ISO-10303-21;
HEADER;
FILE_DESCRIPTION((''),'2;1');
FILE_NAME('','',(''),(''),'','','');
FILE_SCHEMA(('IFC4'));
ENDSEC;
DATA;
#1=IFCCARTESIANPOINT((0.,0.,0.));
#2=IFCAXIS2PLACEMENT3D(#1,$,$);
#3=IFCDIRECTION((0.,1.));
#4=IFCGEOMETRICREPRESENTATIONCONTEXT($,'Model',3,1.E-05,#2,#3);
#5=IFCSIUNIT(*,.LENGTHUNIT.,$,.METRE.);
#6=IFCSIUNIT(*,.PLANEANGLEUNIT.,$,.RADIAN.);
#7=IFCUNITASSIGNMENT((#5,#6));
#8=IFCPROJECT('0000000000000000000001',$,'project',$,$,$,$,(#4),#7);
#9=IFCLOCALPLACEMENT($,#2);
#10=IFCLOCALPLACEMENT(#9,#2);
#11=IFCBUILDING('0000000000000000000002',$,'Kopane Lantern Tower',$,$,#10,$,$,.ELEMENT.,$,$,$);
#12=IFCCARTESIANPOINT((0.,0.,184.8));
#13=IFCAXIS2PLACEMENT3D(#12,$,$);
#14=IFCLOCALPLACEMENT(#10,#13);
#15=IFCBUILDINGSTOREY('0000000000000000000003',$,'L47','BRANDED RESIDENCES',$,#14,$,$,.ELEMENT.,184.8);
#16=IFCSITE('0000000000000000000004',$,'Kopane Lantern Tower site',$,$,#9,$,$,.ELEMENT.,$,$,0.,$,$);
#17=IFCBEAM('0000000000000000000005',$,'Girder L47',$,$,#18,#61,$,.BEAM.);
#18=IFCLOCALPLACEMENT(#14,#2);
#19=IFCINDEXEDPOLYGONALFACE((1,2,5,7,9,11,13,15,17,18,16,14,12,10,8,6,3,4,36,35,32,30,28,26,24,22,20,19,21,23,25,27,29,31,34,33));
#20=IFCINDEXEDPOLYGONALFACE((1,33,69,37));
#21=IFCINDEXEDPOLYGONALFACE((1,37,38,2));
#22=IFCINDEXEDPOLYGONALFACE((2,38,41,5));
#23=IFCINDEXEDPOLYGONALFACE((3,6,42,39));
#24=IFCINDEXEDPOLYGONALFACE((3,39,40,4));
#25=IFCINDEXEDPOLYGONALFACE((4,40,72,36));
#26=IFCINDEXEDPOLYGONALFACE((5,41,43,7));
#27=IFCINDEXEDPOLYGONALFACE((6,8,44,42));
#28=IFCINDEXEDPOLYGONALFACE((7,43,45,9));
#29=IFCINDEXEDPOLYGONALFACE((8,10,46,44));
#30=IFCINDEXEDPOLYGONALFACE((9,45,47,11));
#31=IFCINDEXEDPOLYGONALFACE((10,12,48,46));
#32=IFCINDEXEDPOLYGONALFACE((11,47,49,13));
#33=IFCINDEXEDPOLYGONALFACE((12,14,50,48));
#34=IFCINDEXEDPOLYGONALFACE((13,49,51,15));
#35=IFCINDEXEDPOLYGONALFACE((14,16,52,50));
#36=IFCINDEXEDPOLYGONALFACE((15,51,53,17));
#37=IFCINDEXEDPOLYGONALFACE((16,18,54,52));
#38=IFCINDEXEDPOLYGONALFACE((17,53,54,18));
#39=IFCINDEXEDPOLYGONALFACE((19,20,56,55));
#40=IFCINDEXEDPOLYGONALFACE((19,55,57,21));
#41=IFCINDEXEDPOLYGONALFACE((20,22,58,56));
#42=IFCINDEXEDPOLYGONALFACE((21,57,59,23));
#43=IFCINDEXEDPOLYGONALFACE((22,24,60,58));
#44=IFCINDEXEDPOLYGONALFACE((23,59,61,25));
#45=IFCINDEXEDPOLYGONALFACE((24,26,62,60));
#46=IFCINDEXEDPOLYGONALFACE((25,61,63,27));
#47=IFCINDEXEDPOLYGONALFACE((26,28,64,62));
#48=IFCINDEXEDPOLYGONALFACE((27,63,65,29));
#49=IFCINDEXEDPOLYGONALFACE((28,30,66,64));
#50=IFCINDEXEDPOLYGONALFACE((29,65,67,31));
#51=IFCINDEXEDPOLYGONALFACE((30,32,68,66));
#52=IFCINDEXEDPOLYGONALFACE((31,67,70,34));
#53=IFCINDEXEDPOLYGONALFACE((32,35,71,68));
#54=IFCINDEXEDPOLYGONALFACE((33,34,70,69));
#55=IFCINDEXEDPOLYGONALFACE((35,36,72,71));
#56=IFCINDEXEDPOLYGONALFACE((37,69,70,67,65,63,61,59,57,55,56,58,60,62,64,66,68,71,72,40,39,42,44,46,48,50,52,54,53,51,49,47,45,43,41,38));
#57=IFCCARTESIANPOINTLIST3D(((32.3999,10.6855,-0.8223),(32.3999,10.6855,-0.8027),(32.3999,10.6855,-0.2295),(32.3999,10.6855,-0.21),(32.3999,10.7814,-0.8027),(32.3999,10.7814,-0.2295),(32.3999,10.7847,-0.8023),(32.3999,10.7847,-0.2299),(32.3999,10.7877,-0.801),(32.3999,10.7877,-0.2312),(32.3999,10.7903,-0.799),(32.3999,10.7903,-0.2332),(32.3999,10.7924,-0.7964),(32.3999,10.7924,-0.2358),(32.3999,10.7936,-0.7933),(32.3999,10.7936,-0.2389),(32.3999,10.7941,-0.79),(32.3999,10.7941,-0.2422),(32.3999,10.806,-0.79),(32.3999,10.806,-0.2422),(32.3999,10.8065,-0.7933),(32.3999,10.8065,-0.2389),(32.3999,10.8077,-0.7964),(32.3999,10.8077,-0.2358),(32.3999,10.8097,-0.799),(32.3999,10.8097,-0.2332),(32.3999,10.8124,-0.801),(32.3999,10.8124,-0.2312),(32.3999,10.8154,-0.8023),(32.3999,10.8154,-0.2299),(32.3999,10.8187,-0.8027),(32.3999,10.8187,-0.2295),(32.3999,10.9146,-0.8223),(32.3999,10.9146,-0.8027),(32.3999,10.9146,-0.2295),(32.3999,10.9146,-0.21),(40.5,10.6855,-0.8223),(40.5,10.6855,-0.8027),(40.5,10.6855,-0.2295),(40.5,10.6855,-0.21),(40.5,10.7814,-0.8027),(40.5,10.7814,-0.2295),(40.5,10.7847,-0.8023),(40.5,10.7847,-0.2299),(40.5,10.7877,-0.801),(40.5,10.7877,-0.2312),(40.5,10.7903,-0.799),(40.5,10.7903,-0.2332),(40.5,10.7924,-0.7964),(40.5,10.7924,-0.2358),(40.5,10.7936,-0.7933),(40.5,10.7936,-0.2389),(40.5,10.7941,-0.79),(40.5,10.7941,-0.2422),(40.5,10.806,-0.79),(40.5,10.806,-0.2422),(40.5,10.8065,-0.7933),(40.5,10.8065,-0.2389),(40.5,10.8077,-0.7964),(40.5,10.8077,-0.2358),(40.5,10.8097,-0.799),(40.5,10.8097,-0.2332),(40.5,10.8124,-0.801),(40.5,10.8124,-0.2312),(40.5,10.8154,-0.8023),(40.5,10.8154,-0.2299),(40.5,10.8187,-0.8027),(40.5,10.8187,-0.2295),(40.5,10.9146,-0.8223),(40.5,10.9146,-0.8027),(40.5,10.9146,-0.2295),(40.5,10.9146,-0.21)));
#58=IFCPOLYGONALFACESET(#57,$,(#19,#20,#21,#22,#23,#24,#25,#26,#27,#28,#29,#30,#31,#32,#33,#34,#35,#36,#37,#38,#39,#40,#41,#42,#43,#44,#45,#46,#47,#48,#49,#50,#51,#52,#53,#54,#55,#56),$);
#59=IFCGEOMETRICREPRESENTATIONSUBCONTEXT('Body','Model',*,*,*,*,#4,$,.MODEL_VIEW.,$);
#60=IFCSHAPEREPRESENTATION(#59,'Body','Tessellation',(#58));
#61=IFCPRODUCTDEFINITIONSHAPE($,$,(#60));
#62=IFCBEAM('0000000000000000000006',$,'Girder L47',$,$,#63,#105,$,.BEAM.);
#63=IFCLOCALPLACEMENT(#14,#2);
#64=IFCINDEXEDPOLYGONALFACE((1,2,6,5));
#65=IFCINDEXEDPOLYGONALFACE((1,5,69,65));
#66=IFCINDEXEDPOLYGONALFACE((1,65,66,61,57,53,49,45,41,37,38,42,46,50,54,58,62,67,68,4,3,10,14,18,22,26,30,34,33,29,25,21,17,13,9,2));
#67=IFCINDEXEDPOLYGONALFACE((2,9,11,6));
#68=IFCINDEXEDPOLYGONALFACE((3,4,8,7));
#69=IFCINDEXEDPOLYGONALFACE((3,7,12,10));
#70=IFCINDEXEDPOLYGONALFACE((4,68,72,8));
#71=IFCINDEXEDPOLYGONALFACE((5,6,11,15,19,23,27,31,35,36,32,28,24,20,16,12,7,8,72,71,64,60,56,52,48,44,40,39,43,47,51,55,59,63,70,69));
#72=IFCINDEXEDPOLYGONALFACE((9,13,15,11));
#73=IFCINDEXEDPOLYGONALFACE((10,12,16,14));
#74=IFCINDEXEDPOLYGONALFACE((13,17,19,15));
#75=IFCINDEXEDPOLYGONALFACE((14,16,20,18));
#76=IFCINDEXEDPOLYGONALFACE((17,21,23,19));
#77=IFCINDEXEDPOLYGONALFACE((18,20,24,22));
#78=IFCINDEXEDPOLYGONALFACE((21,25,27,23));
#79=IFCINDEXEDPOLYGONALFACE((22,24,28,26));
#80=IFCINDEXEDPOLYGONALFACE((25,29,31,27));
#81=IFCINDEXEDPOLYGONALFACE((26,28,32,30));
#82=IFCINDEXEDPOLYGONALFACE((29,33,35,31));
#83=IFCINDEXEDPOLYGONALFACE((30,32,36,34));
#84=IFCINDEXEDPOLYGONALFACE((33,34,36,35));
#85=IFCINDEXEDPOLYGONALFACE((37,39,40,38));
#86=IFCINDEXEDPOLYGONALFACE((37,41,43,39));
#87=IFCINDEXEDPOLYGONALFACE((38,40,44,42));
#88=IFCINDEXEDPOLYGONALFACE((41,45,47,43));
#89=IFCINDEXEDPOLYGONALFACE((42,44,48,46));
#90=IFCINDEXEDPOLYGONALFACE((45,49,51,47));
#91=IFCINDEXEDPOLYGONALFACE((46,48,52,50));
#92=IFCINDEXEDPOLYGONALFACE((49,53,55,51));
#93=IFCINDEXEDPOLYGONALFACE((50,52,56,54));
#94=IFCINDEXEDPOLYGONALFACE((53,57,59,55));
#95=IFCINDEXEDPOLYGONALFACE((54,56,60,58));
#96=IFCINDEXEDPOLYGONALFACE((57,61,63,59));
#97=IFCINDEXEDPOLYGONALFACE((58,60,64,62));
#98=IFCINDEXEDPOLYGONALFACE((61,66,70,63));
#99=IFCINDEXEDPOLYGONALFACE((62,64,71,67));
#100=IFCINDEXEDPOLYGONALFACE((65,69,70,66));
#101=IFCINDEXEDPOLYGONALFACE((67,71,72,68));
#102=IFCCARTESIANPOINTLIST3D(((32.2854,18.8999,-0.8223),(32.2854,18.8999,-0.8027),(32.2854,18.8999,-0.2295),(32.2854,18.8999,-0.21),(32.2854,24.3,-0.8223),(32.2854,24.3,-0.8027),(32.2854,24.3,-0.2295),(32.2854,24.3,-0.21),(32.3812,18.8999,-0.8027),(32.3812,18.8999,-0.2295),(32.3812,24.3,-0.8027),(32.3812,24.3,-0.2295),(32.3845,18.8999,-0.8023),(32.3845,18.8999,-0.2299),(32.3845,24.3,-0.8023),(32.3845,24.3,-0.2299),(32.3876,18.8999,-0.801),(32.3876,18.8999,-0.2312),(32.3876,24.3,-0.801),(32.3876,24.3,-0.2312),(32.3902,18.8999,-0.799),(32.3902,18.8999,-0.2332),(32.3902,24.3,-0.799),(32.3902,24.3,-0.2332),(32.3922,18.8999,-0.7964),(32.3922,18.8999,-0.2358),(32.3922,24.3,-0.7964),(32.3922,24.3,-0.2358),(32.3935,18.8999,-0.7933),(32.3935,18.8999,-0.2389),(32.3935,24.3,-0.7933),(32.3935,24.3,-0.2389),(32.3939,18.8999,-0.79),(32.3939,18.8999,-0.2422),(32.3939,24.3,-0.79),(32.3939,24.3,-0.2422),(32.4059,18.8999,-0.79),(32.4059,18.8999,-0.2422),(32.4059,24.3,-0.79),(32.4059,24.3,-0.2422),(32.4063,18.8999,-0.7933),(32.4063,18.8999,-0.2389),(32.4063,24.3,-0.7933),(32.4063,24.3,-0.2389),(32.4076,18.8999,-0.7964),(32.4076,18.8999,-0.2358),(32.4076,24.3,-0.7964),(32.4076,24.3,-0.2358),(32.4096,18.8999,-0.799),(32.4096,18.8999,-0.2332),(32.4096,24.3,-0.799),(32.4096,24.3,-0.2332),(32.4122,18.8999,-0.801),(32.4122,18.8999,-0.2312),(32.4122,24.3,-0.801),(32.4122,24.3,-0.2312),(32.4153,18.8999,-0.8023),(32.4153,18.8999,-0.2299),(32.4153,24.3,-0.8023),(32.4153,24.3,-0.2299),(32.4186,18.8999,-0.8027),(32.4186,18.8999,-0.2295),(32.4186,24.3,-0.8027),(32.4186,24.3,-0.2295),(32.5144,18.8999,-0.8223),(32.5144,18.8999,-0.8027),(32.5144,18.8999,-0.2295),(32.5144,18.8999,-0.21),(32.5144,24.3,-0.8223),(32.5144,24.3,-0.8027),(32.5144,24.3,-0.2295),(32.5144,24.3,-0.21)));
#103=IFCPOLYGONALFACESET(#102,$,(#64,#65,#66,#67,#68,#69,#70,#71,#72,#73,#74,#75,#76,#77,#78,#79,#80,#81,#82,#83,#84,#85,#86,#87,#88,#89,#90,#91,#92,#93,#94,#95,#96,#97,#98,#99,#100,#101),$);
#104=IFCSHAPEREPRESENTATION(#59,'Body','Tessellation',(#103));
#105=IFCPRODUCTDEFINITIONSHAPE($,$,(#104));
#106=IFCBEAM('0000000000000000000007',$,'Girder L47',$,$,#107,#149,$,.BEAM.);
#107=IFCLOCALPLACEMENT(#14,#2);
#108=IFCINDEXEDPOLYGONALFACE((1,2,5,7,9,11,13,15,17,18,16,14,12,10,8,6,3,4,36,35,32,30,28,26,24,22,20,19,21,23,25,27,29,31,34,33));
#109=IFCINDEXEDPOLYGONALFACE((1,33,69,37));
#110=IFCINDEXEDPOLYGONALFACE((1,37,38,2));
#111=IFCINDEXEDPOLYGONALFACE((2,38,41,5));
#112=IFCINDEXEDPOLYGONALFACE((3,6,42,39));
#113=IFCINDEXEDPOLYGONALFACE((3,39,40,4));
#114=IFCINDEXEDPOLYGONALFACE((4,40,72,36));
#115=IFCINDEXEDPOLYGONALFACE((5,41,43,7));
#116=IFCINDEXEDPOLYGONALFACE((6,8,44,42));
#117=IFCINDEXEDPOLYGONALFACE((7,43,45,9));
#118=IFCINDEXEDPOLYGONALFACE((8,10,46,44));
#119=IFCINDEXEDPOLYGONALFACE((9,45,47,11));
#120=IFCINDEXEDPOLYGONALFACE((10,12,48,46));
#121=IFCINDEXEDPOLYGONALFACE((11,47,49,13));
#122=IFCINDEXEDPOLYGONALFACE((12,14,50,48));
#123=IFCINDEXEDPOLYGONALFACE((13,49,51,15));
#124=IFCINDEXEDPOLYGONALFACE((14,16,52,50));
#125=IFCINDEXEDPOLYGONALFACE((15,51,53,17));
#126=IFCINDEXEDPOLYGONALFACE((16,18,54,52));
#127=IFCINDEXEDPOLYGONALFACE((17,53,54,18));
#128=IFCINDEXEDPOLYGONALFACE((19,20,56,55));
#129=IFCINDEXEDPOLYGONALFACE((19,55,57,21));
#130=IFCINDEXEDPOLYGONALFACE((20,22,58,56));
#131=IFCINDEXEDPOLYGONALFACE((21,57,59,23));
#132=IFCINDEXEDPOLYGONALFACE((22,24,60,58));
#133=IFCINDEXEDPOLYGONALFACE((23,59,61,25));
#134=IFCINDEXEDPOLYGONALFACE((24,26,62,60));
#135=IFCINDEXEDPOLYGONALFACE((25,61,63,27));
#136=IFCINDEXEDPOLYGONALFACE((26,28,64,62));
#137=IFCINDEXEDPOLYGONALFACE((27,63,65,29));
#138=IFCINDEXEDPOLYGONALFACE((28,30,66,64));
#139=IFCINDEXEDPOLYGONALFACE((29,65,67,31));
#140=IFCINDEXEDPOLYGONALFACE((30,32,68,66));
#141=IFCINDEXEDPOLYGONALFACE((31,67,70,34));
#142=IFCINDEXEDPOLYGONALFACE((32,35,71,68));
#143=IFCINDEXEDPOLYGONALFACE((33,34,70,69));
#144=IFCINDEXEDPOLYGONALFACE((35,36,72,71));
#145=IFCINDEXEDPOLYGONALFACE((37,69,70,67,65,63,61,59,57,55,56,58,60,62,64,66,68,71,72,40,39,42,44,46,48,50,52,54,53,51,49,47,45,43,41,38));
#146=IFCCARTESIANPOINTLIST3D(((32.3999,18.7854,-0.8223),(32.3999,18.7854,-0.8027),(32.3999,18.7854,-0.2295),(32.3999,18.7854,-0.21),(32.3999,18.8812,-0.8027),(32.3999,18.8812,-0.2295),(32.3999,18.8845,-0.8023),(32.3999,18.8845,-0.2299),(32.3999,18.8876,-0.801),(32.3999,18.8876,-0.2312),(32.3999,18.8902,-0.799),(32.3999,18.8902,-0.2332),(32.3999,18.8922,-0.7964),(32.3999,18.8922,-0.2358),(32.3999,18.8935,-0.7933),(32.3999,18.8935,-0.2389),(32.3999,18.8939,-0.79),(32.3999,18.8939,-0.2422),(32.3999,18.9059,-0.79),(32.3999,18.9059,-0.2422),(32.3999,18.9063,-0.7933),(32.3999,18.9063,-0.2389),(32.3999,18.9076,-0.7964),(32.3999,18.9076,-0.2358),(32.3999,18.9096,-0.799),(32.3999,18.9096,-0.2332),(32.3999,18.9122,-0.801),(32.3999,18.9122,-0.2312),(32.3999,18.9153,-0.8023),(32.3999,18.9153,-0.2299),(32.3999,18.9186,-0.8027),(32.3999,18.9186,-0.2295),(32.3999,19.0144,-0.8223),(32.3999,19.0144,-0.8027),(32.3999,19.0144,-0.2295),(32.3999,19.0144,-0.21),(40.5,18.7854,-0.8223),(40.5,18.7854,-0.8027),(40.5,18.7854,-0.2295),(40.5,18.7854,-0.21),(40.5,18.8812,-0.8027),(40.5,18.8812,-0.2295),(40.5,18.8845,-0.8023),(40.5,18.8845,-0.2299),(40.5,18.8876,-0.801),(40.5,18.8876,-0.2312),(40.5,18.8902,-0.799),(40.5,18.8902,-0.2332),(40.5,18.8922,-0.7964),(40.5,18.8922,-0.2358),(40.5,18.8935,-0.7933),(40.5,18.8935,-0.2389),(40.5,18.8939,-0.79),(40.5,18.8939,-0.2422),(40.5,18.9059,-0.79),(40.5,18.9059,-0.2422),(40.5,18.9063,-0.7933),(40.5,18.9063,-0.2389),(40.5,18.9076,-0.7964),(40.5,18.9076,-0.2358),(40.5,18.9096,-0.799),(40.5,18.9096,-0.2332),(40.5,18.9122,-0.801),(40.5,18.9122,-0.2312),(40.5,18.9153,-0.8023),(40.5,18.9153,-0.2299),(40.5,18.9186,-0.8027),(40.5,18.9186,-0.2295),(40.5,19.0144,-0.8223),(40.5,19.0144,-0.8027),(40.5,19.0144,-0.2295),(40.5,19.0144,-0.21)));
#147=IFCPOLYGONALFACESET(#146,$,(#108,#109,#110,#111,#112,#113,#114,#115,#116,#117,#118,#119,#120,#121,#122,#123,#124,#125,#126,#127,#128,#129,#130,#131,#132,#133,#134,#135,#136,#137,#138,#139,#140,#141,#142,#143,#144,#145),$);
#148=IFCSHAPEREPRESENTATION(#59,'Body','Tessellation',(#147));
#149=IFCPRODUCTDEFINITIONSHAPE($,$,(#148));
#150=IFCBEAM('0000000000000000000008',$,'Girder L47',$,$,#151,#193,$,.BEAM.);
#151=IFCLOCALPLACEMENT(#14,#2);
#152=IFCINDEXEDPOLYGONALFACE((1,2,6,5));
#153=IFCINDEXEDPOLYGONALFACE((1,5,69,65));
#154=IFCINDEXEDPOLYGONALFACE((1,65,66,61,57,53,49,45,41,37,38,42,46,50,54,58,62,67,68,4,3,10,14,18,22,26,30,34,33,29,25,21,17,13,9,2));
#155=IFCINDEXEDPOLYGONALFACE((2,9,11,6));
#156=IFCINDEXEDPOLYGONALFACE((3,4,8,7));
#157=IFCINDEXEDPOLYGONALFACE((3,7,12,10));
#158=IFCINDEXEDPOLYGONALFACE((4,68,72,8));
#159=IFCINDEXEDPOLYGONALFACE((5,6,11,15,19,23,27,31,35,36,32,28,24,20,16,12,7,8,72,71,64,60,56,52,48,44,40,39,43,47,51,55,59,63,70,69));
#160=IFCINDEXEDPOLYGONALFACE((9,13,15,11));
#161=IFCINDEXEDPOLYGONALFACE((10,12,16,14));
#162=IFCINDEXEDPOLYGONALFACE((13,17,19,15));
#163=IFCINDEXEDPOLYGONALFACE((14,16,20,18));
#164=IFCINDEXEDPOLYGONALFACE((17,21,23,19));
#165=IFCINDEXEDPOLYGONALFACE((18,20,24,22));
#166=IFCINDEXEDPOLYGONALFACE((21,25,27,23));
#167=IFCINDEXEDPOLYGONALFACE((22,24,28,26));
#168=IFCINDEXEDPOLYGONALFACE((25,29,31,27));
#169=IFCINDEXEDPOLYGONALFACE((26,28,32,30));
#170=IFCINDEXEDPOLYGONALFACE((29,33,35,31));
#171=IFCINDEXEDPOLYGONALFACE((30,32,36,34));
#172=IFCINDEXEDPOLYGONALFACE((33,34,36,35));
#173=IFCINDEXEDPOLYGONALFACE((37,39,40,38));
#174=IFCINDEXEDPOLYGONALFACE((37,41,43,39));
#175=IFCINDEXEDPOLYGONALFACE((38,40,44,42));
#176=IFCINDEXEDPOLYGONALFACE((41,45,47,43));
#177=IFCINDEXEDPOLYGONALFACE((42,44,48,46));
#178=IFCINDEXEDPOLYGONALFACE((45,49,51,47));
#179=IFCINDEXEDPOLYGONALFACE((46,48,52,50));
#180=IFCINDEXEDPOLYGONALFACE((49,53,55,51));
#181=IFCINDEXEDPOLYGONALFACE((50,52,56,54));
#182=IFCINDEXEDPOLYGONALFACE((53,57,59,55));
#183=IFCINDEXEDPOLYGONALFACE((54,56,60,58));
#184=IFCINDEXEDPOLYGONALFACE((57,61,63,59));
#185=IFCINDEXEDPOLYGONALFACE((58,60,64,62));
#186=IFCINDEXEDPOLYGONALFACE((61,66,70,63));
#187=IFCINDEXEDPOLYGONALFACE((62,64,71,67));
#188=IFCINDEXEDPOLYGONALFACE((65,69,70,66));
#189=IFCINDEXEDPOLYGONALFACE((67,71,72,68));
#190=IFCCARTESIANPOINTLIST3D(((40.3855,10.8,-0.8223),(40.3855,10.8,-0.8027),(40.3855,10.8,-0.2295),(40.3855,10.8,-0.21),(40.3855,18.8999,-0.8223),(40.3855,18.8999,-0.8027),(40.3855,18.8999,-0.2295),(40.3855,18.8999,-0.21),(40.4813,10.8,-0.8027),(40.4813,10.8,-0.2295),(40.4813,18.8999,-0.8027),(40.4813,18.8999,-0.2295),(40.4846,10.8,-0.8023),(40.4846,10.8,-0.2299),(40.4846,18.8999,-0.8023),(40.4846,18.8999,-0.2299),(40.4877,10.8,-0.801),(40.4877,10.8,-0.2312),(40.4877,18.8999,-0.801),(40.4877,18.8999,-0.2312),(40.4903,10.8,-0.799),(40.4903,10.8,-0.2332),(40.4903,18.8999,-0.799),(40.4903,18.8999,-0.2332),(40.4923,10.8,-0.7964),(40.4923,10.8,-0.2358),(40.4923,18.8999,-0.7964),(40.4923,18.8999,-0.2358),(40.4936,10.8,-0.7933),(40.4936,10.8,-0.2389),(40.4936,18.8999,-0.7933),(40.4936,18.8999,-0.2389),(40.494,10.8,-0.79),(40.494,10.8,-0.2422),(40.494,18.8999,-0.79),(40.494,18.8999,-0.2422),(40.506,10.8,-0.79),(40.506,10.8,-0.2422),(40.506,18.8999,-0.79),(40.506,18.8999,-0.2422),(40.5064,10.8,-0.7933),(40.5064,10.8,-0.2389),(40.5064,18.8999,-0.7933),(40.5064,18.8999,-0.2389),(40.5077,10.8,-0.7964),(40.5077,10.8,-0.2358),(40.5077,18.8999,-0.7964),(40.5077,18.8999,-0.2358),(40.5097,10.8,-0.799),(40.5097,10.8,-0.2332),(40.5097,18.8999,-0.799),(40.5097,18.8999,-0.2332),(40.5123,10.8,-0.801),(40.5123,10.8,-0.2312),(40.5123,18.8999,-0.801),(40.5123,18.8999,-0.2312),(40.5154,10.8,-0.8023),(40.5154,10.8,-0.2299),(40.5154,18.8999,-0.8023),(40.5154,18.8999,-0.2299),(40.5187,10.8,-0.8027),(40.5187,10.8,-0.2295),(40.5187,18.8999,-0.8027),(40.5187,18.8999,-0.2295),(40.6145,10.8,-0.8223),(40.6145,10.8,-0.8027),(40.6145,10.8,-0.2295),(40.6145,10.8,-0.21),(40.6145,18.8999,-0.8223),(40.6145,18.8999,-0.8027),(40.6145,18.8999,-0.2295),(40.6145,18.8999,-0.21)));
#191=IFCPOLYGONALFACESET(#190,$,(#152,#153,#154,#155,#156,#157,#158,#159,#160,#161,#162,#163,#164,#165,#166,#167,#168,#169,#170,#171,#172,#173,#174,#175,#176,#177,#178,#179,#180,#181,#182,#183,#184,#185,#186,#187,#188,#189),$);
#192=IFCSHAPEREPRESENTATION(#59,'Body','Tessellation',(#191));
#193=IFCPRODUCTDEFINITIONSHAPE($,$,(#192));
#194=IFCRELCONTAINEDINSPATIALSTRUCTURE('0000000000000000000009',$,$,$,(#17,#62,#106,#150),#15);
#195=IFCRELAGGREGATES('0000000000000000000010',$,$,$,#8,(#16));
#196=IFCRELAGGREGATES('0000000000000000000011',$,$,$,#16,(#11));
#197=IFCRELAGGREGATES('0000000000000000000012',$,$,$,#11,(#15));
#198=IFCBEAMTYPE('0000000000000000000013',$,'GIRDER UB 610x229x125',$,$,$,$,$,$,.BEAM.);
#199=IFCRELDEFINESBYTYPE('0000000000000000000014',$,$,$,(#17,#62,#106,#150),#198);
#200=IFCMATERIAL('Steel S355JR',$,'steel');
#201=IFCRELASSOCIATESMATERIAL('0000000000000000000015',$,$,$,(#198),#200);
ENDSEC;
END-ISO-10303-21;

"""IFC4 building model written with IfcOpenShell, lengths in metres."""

from ifc_helpers import new_model, si_unit, direction, frame, origin, origin_2d, place, context, subcontext, project, spatial, i_section, extrude, material, material_profile, profile_set, type_object, element, save


model = new_model("IFC4")

# Units and contexts
model_context = context("Model", 3, precision=1e-05, world=origin(), true_north=direction((0.0, 1.0)))
body_context = subcontext(model_context, "Body", "Model", "MODEL_VIEW")
ifc_project = project(units=[si_unit("LENGTHUNIT", "METRE"), si_unit("PLANEANGLEUNIT", "RADIAN")], contexts=[model_context])

# Site, building, storey
site_placement = place(None, origin())
site = spatial("IfcSite", under=ifc_project, at=site_placement, Name="Kopane Lantern Tower site", CompositionType="ELEMENT", RefElevation=0.0)
building_placement = place(site_placement, origin())
building = spatial("IfcBuilding", under=site, at=building_placement, Name="Kopane Lantern Tower", CompositionType="ELEMENT")
storey_placement = place(building_placement, frame((0.0, 0.0, 184.8)))
storey = spatial("IfcBuildingStorey", under=building, at=storey_placement, Name="L47", Description="BRANDED RESIDENCES", CompositionType="ELEMENT", Elevation=184.8)

# Beams
ifc_material_1 = material(Name="Steel S355JR", Category="steel")
ifc_material_profile_1 = material_profile(ifc_material_1, i_section(OverallWidth=0.229, OverallDepth=0.6123, WebThickness=0.012, FlangeThickness=0.0195, FilletRadius=0.0127, at=origin_2d()), Name="UB 610x229x125")
ifc_profile_set_1 = profile_set([ifc_material_profile_1], Name="Steel S355JR")
beam_type = type_object("IfcBeamType", Name="GIRDER UB 610x229x125", PredefinedType="BEAM", material=ifc_profile_set_1)
beam_1_placement = place(storey_placement, frame((32.3999, 10.8, -0.5161), z_axis=(1.0, 0.0, 0.0), x_axis=(0.0, 1.0, 0.0)))
element("IfcBeam", 1, at=beam_1_placement, inside=storey, type_object=beam_type, Name="Girder L47", PredefinedType="BEAM", context=body_context, shape_type="SweptSolid", body=[
    extrude(i_section(OverallWidth=0.229, OverallDepth=0.6123, WebThickness=0.012, FlangeThickness=0.0195, FilletRadius=0.0127, at=origin_2d()), origin(), (0.0, 0.0, 1.0), 8.1001),
])
beam_2_placement = place(storey_placement, frame((32.3999, 18.8999, -0.5161), z_axis=(0.0, 1.0, 0.0), x_axis=(-1.0, 0.0, 0.0)))
element("IfcBeam", 2, at=beam_2_placement, inside=storey, type_object=beam_type, Name="Girder L47", PredefinedType="BEAM", context=body_context, shape_type="SweptSolid", body=[
    extrude(i_section(OverallWidth=0.229, OverallDepth=0.6123, WebThickness=0.012, FlangeThickness=0.0195, FilletRadius=0.0127, at=origin_2d()), origin(), (0.0, 0.0, 1.0), 5.4001),
])
beam_3_placement = place(storey_placement, frame((32.3999, 18.8999, -0.5161), z_axis=(1.0, 0.0, 0.0), x_axis=(0.0, 1.0, 0.0)))
element("IfcBeam", 3, at=beam_3_placement, inside=storey, type_object=beam_type, Name="Girder L47", PredefinedType="BEAM", context=body_context, shape_type="SweptSolid", body=[
    extrude(i_section(OverallWidth=0.229, OverallDepth=0.6123, WebThickness=0.012, FlangeThickness=0.0195, FilletRadius=0.0127, at=origin_2d()), origin(), (0.0, 0.0, 1.0), 8.1001),
])
beam_4_placement = place(storey_placement, frame((40.5, 10.8, -0.5161), z_axis=(0.0, 1.0, 0.0), x_axis=(-1.0, 0.0, 0.0)))
element("IfcBeam", 4, at=beam_4_placement, inside=storey, type_object=beam_type, Name="Girder L47", PredefinedType="BEAM", context=body_context, shape_type="SweptSolid", body=[
    extrude(i_section(OverallWidth=0.229, OverallDepth=0.6123, WebThickness=0.012, FlangeThickness=0.0195, FilletRadius=0.0127, at=origin_2d()), origin(), (0.0, 0.0, 1.0), 8.0999),
])

save(model, "model.ifc")
